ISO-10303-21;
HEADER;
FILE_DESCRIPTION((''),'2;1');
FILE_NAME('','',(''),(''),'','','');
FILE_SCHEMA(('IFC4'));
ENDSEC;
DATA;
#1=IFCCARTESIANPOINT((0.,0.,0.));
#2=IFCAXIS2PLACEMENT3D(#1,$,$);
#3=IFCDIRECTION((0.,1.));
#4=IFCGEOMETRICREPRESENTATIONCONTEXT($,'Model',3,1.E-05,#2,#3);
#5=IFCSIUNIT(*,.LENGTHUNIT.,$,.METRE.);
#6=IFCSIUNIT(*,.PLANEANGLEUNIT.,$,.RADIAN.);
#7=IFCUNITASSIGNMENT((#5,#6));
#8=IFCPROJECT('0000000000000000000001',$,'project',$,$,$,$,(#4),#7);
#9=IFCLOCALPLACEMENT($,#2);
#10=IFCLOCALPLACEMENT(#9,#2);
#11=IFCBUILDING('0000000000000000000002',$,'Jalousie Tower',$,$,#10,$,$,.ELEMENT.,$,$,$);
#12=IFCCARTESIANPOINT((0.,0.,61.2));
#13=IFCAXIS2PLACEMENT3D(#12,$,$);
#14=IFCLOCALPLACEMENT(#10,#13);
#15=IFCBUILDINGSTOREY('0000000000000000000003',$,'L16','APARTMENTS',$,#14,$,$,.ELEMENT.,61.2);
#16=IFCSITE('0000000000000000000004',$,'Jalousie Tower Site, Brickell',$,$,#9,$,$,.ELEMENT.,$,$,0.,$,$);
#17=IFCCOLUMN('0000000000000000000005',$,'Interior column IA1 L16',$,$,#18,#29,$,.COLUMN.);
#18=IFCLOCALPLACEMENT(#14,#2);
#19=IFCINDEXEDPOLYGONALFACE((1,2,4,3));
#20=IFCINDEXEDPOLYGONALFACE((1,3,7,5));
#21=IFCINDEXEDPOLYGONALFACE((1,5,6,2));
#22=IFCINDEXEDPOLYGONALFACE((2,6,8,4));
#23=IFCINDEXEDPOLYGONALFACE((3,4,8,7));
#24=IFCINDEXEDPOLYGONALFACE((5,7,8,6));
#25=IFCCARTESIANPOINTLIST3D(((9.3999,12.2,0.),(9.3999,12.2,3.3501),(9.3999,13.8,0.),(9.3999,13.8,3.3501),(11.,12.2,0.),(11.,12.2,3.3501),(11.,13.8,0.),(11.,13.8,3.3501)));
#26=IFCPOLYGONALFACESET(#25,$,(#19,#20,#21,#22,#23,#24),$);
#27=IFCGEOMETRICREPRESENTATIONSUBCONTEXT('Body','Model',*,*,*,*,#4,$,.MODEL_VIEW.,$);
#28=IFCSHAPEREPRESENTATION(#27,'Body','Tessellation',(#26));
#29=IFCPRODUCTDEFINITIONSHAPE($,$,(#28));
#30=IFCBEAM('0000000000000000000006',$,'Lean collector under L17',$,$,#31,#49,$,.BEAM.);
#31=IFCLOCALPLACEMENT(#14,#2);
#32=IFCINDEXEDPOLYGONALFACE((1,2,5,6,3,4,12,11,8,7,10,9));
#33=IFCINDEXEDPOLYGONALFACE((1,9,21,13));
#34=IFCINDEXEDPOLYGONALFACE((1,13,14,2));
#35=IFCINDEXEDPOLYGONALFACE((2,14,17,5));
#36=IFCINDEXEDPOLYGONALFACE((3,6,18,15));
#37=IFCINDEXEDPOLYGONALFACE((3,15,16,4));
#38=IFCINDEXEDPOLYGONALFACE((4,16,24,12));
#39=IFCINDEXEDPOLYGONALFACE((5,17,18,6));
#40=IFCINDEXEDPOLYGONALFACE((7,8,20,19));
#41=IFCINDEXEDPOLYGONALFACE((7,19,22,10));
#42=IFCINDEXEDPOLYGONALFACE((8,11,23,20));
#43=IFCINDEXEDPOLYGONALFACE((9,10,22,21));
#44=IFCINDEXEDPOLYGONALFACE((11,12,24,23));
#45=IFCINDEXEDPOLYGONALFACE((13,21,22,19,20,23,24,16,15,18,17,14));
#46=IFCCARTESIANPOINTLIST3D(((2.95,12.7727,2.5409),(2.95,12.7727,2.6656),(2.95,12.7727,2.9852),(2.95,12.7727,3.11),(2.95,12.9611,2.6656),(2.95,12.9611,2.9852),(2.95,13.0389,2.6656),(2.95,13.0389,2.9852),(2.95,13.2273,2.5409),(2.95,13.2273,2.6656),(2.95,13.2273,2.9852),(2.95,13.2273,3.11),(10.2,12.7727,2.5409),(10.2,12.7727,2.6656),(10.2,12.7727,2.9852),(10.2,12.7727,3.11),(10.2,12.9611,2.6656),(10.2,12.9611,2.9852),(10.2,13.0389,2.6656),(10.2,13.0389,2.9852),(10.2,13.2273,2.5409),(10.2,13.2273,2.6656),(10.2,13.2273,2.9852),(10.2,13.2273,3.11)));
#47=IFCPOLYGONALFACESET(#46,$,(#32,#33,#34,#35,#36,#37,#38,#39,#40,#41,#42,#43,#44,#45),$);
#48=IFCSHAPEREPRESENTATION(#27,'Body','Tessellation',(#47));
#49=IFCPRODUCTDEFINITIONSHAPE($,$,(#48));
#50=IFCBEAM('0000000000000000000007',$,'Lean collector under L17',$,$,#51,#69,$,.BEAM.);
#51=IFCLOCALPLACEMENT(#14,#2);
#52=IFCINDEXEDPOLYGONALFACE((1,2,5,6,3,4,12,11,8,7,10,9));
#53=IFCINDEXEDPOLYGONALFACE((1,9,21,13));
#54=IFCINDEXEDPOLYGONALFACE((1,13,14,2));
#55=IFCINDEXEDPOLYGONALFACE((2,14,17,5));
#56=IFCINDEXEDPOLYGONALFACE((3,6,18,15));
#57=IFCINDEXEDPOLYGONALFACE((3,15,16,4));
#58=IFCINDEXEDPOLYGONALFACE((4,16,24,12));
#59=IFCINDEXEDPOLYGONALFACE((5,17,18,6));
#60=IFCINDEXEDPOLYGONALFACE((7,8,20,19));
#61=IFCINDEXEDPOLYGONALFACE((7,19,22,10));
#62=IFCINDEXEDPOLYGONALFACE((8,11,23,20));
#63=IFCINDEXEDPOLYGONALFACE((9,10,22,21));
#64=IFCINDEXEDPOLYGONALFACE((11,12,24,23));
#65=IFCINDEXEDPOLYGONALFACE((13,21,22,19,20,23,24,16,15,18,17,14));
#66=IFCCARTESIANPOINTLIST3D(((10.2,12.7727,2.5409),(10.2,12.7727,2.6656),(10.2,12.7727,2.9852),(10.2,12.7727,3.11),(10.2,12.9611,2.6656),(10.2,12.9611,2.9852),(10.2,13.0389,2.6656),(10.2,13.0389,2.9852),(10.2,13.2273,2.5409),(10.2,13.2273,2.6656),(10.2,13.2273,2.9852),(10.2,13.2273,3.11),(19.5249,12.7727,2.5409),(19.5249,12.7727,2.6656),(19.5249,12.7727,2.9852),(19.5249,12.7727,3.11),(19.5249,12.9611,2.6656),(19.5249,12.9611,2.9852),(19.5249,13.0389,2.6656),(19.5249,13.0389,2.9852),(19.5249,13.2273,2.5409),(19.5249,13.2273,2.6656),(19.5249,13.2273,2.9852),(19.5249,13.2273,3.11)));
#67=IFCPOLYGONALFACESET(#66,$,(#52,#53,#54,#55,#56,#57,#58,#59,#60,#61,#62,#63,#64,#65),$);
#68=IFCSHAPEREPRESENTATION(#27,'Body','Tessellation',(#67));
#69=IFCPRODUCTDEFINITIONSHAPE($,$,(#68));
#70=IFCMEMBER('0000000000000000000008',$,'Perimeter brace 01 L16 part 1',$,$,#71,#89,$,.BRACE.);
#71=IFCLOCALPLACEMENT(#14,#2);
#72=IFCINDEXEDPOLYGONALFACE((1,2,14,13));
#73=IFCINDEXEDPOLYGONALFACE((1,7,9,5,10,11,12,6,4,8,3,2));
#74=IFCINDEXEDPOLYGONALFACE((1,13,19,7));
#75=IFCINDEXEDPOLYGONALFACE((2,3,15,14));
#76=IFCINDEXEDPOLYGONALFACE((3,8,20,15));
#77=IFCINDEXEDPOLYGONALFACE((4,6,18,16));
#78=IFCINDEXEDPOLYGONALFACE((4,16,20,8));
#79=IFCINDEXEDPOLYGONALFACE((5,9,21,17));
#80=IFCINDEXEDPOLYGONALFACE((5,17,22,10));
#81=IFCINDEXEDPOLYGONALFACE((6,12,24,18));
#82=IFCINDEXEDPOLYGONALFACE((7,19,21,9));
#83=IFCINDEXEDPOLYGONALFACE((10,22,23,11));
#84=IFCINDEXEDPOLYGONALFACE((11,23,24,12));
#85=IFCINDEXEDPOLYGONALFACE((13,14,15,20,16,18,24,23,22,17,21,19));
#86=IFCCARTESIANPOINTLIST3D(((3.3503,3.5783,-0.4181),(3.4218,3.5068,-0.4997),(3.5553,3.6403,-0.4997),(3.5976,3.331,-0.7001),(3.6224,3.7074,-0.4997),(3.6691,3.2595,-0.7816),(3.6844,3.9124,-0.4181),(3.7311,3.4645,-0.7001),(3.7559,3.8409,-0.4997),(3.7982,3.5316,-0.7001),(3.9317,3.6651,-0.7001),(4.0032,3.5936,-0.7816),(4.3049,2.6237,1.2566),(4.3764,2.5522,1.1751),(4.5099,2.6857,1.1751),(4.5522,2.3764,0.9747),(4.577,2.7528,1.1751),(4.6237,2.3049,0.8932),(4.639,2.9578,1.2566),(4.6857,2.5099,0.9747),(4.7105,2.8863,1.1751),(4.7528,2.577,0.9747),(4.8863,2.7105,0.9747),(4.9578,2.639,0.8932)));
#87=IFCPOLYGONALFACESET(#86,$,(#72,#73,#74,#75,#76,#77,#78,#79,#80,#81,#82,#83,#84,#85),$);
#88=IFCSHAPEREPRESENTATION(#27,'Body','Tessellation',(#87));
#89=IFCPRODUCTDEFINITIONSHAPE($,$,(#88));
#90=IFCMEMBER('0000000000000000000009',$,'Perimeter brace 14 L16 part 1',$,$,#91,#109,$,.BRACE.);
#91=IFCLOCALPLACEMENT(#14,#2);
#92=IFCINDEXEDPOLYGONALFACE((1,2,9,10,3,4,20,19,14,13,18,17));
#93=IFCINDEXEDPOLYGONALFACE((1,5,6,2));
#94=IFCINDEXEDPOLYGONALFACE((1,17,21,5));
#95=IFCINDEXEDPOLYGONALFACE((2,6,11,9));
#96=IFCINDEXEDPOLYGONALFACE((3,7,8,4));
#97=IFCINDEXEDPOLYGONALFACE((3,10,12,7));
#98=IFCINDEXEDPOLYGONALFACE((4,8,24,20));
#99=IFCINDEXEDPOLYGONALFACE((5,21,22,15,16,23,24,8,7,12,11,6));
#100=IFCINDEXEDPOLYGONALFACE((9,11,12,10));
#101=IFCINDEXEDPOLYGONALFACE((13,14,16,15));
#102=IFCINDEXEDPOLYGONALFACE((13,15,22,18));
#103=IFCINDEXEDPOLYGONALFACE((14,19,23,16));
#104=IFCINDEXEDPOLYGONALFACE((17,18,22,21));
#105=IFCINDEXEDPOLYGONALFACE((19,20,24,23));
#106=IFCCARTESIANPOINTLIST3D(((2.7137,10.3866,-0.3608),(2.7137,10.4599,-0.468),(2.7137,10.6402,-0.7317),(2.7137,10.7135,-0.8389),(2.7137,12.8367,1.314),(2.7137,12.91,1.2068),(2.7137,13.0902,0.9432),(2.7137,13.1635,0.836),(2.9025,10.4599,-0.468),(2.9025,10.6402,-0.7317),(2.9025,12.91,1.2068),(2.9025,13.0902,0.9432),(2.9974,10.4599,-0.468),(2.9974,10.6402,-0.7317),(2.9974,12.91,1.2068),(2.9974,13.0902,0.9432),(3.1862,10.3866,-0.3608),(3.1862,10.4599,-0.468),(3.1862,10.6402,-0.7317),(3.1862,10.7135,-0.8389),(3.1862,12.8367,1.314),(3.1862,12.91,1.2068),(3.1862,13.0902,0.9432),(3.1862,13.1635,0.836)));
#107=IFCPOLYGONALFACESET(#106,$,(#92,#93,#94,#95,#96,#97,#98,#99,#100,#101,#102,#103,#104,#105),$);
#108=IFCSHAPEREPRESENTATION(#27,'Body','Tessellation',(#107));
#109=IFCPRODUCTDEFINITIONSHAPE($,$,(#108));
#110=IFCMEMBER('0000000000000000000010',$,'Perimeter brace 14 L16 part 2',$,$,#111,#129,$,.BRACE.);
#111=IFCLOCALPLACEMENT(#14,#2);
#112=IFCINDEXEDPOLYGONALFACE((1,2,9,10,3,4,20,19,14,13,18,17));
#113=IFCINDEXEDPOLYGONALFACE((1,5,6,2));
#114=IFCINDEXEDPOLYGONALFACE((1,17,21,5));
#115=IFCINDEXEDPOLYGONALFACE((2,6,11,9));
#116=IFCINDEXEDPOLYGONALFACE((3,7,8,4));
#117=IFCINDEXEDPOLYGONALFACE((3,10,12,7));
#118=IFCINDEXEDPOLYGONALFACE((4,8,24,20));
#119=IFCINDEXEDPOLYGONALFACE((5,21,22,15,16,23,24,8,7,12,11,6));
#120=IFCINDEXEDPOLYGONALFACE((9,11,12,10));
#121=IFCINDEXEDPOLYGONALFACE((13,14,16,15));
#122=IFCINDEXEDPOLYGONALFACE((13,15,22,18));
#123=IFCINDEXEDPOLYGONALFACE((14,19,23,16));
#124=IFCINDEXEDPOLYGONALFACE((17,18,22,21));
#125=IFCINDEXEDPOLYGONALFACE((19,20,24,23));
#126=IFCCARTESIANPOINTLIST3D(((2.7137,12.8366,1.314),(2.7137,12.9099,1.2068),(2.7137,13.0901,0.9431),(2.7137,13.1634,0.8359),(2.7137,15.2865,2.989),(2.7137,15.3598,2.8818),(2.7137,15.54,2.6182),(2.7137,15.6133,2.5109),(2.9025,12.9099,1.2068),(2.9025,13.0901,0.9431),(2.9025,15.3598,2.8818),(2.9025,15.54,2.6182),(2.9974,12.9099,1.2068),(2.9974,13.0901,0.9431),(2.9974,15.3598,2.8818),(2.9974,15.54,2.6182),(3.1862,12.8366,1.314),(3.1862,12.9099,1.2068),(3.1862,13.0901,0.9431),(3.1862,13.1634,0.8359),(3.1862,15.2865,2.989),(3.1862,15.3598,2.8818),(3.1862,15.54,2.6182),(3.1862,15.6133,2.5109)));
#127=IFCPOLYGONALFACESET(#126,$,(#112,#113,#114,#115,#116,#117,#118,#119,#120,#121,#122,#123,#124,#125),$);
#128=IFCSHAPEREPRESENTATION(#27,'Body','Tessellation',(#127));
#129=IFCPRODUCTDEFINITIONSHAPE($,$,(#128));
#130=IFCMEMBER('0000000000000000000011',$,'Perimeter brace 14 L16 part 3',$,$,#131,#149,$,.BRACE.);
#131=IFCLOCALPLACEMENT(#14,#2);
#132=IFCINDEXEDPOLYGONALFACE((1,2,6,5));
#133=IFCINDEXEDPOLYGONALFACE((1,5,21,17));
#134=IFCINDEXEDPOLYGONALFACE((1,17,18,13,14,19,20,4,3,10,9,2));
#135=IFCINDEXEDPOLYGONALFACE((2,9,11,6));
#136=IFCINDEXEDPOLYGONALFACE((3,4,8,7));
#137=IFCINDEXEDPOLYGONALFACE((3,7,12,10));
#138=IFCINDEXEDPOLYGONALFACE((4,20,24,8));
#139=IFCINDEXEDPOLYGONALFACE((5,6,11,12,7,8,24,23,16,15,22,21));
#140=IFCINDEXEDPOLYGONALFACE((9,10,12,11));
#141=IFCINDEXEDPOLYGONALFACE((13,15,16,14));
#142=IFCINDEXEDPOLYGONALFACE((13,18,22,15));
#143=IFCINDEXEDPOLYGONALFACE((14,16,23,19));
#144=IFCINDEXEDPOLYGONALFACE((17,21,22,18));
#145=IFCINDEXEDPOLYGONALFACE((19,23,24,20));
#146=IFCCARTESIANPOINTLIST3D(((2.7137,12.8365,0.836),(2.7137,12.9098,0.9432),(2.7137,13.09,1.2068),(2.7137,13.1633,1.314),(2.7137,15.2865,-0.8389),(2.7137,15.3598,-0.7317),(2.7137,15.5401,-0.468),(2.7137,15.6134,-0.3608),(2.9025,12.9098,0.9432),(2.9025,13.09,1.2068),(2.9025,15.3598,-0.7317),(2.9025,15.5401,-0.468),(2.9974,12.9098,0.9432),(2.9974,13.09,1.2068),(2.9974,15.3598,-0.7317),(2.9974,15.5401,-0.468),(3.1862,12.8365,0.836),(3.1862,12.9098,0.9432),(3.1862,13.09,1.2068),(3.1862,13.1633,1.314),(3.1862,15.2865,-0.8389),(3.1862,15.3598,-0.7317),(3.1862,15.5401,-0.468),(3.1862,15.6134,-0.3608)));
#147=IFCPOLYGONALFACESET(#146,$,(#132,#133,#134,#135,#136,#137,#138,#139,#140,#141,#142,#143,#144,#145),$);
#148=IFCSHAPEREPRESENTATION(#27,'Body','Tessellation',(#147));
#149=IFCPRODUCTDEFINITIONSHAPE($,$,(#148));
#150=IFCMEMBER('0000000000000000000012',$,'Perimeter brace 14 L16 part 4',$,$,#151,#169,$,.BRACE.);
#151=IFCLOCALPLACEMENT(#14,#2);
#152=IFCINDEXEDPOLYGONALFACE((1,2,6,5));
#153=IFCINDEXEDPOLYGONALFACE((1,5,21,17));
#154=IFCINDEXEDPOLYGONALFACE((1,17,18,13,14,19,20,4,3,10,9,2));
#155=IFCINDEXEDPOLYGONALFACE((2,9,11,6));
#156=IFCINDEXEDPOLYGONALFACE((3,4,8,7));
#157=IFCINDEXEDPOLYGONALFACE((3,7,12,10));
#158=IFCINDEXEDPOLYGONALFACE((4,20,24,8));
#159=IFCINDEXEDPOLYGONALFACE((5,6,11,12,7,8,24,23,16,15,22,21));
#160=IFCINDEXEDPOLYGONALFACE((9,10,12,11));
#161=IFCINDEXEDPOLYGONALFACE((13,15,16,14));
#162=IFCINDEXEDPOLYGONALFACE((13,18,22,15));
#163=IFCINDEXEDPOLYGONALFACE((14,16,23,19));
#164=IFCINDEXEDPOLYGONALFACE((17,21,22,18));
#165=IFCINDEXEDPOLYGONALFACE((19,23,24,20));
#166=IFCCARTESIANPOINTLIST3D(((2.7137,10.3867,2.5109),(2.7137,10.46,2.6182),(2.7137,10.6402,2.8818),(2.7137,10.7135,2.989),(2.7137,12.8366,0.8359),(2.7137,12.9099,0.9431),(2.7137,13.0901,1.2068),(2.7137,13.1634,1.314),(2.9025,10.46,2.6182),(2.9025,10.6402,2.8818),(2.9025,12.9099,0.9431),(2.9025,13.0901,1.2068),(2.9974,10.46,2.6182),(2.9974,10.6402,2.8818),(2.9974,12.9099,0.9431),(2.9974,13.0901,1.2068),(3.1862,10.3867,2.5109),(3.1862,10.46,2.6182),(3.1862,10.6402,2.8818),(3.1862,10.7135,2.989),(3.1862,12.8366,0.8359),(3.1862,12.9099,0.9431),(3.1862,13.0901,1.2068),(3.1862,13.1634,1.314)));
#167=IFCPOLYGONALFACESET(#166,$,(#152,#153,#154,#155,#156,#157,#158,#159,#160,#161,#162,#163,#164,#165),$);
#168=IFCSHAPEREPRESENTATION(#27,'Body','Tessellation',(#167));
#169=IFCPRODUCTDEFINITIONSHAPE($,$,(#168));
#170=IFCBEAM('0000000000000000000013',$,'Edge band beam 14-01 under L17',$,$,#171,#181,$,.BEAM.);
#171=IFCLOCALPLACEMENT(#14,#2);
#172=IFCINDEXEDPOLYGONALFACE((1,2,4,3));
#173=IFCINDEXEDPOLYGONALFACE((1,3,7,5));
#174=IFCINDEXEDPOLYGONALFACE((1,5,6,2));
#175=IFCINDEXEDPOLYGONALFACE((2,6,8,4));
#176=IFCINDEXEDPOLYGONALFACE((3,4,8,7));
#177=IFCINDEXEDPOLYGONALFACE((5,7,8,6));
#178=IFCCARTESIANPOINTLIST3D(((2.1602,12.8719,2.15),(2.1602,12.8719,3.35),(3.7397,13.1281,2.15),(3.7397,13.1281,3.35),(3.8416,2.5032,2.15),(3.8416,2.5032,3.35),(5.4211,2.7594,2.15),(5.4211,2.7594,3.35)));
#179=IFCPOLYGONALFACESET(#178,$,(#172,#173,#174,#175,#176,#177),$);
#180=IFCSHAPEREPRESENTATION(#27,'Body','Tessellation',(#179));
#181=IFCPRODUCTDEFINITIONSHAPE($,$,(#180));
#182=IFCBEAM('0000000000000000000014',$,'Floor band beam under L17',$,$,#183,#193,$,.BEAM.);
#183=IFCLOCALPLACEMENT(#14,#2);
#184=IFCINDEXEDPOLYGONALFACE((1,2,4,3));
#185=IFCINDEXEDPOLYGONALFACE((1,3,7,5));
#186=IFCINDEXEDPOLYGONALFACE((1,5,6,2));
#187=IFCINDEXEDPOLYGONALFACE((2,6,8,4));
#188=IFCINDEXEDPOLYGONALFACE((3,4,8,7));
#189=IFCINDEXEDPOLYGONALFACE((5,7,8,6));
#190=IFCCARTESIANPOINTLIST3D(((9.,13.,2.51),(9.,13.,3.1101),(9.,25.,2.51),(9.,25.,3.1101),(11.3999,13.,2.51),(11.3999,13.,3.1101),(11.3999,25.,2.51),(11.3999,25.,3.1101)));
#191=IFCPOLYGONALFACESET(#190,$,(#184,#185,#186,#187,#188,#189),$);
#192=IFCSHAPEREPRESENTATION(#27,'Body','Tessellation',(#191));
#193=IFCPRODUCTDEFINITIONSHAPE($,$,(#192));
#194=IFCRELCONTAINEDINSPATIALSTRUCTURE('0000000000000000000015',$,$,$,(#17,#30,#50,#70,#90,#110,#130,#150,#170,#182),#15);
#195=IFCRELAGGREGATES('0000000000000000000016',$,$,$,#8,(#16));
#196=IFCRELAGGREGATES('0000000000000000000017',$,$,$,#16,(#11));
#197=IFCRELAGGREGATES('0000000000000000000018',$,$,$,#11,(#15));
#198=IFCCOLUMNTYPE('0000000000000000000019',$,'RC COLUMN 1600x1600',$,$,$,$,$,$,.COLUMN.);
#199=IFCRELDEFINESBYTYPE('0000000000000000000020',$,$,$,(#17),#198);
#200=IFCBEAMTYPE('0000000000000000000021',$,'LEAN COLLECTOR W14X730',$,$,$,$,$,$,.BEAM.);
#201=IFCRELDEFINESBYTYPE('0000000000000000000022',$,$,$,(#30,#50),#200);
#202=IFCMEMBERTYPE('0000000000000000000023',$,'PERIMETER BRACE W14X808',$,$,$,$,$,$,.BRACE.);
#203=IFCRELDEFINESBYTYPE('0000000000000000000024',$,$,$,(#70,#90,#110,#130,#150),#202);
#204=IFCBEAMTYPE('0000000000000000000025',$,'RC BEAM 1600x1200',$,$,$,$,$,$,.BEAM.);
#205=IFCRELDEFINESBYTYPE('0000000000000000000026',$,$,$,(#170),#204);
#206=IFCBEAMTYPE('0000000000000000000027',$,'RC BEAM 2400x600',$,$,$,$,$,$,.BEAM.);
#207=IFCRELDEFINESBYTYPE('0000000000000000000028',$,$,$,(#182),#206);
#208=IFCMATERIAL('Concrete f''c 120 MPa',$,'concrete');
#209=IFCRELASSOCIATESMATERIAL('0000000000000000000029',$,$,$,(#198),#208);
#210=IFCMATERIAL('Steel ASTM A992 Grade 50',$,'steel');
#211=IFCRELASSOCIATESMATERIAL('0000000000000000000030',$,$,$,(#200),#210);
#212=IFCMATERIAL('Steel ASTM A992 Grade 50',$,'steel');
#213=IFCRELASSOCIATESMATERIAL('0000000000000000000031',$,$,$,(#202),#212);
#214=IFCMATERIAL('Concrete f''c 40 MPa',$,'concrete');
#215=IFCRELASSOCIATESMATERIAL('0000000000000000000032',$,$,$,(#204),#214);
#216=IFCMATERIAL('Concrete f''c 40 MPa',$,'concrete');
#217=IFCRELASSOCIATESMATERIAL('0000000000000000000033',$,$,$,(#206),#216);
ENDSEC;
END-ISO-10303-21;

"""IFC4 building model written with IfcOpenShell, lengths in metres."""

from ifc_helpers import new_model, si_unit, direction, frame, origin, origin_2d, place, context, subcontext, project, spatial, rectangle, i_section, extrude, material, material_profile, profile_set, type_object, element, save


model = new_model("IFC4")

# Units and contexts
model_context = context("Model", 3, precision=1e-05, world=origin(), true_north=direction((0.0, 1.0)))
body_context = subcontext(model_context, "Body", "Model", "MODEL_VIEW")
ifc_project = project(units=[si_unit("LENGTHUNIT", "METRE"), si_unit("PLANEANGLEUNIT", "RADIAN")], contexts=[model_context])

# Site, building, storey
site_placement = place(None, origin())
site = spatial("IfcSite", under=ifc_project, at=site_placement, Name="Jalousie Tower Site, Brickell", CompositionType="ELEMENT", RefElevation=0.0)
building_placement = place(site_placement, origin())
building = spatial("IfcBuilding", under=site, at=building_placement, Name="Jalousie Tower", CompositionType="ELEMENT")
storey_placement = place(building_placement, frame((0.0, 0.0, 61.2)))
storey = spatial("IfcBuildingStorey", under=building, at=storey_placement, Name="L16", Description="APARTMENTS", CompositionType="ELEMENT", Elevation=61.2)

# Column
ifc_material_1 = material(Name="Concrete f'c 120 MPa", Category="concrete")
ifc_material_profile_1 = material_profile(ifc_material_1, rectangle(XDim=1.6001, YDim=1.6001, at=origin_2d()), Name="RC 1600x1600")
ifc_profile_set_1 = profile_set([ifc_material_profile_1], Name="Concrete f'c 120 MPa")
column_type = type_object("IfcColumnType", Name="RC COLUMN 1600x1600", PredefinedType="COLUMN", material=ifc_profile_set_1)
column_placement = place(storey_placement, frame((10.2, 13.0, 0.0), z_axis=(0.0, 0.0, 1.0), x_axis=(1.0, 0.0, 0.0)))
element("IfcColumn", 1, at=column_placement, inside=storey, type_object=column_type, Name="Interior column IA1 L16", PredefinedType="COLUMN", context=body_context, shape_type="SweptSolid", body=[
    extrude(rectangle(XDim=1.6001, YDim=1.6001, at=origin_2d()), origin(), (0.0, 0.0, 1.0), 3.3501),
])

# Beams
ifc_material_2 = material(Name="Steel ASTM A992 Grade 50", Category="steel")
ifc_material_profile_2 = material_profile(ifc_material_2, i_section(OverallWidth=0.4546, OverallDepth=0.5691, WebThickness=0.0779, FlangeThickness=0.1248, at=origin_2d()), Name="W14X730")
ifc_profile_set_2 = profile_set([ifc_material_profile_2], Name="Steel ASTM A992 Grade 50")
beam_type_1 = type_object("IfcBeamType", Name="LEAN COLLECTOR W14X730", PredefinedType="BEAM", material=ifc_profile_set_2)
beam_1_placement = place(storey_placement, frame((2.95, 13.0, 2.8254), z_axis=(1.0, 0.0, 0.0), x_axis=(0.0, 1.0, 0.0)))
element("IfcBeam", 2, at=beam_1_placement, inside=storey, type_object=beam_type_1, Name="Lean collector under L17", PredefinedType="BEAM", context=body_context, shape_type="SweptSolid", body=[
    extrude(i_section(OverallWidth=0.4546, OverallDepth=0.5691, WebThickness=0.0779, FlangeThickness=0.1248, at=origin_2d()), origin(), (0.0, 0.0, 1.0), 7.25),
])
beam_2_placement = place(storey_placement, frame((10.2, 13.0, 2.8254), z_axis=(1.0, 0.0, 0.0), x_axis=(0.0, 1.0, 0.0)))
element("IfcBeam", 3, at=beam_2_placement, inside=storey, type_object=beam_type_1, Name="Lean collector under L17", PredefinedType="BEAM", context=body_context, shape_type="SweptSolid", body=[
    extrude(i_section(OverallWidth=0.4546, OverallDepth=0.5691, WebThickness=0.0779, FlangeThickness=0.1248, at=origin_2d()), origin(), (0.0, 0.0, 1.0), 9.325),
])

# Members
ifc_material_3 = material(Name="Steel ASTM A992 Grade 50", Category="steel")
ifc_material_profile_3 = material_profile(ifc_material_3, i_section(OverallWidth=0.4724, OverallDepth=0.5791, WebThickness=0.095, FlangeThickness=0.1299, at=origin_2d()), Name="W14X808")
ifc_profile_set_3 = profile_set([ifc_material_profile_3], Name="Steel ASTM A992 Grade 50")
member_type_1 = type_object("IfcMemberType", Name="PERIMETER BRACE W14X808", PredefinedType="BRACE", material=ifc_profile_set_3)
member_1_placement = place(storey_placement, frame((3.6768, 3.5859, -0.5999), z_axis=(0.443758, -0.443758, 0.778562), x_axis=(0.707107, 0.707107, 0.0)))
element("IfcMember", 4, at=member_1_placement, inside=storey, type_object=member_type_1, Name="Perimeter brace 01 L16 part 1", PredefinedType="BRACE", context=body_context, shape_type="SweptSolid", body=[
    extrude(i_section(OverallWidth=0.4724, OverallDepth=0.5791, WebThickness=0.095, FlangeThickness=0.1299, at=origin_2d()), origin(), (0.0, 0.0, 1.0), 2.1511),
])
for number, where, z_axis, x_axis, name in (
    (5, (2.95, 10.55, -0.5999), (0.0, 0.825539, 0.564345), (-1.0, 0.0, 0.0), "Perimeter brace 14 L16 part 1"),
    (6, (2.95, 13.0, 1.075), (0.0, 0.825501, 0.564401), (-1.0, 0.0, 0.0), "Perimeter brace 14 L16 part 2"),
    (7, (2.95, 15.45, -0.5999), (0.0, -0.825539, 0.564345), (1.0, 0.0, 0.0), "Perimeter brace 14 L16 part 3"),
    (8, (2.95, 13.0, 1.075), (0.0, -0.825501, 0.564401), (1.0, 0.0, 0.0), "Perimeter brace 14 L16 part 4"),
):
    element("IfcMember", number, at=place(storey_placement, frame(where, z_axis=z_axis, x_axis=x_axis)), inside=storey, type_object=member_type_1, Name=name, PredefinedType="BRACE", context=body_context, shape_type="SweptSolid", body=[
        extrude(i_section(OverallWidth=0.4724, OverallDepth=0.5791, WebThickness=0.095, FlangeThickness=0.1299, at=origin_2d()), origin(), (0.0, 0.0, 1.0), 2.9678),
    ])

# Beams
ifc_material_4 = material(Name="Concrete f'c 40 MPa", Category="concrete")
ifc_material_profile_4 = material_profile(ifc_material_4, rectangle(XDim=1.6001, YDim=1.2, at=origin_2d()), Name="RC 1600x1200")
ifc_profile_set_4 = profile_set([ifc_material_profile_4], Name="Concrete f'c 40 MPa")
beam_type_2 = type_object("IfcBeamType", Name="RC BEAM 1600x1200", PredefinedType="BEAM", material=ifc_profile_set_4)
beam_3_placement = place(storey_placement, frame((2.95, 13.0, 2.75), z_axis=(0.160071, -0.987106, 0.0), x_axis=(0.987106, 0.160071, 0.0)))
element("IfcBeam", 9, at=beam_3_placement, inside=storey, type_object=beam_type_2, Name="Edge band beam 14-01 under L17", PredefinedType="BEAM", context=body_context, shape_type="SweptSolid", body=[
    extrude(rectangle(XDim=1.6001, YDim=1.2, at=origin_2d()), origin(), (0.0, 0.0, 1.0), 10.5042),
])
ifc_material_5 = material(Name="Concrete f'c 40 MPa", Category="concrete")
ifc_material_profile_5 = material_profile(ifc_material_5, rectangle(XDim=2.3999, YDim=0.6001, at=origin_2d()), Name="RC 2400x600")
ifc_profile_set_5 = profile_set([ifc_material_profile_5], Name="Concrete f'c 40 MPa")
beam_type_3 = type_object("IfcBeamType", Name="RC BEAM 2400x600", PredefinedType="BEAM", material=ifc_profile_set_5)
beam_4_placement = place(storey_placement, frame((10.2, 13.0, 2.8101), z_axis=(0.0, 1.0, 0.0), x_axis=(-1.0, 0.0, 0.0)))
element("IfcBeam", 10, at=beam_4_placement, inside=storey, type_object=beam_type_3, Name="Floor band beam under L17", PredefinedType="BEAM", context=body_context, shape_type="SweptSolid", body=[
    extrude(rectangle(XDim=2.3999, YDim=0.6001, at=origin_2d()), origin(), (0.0, 0.0, 1.0), 12.0),
])

save(model, "model.ifc")
